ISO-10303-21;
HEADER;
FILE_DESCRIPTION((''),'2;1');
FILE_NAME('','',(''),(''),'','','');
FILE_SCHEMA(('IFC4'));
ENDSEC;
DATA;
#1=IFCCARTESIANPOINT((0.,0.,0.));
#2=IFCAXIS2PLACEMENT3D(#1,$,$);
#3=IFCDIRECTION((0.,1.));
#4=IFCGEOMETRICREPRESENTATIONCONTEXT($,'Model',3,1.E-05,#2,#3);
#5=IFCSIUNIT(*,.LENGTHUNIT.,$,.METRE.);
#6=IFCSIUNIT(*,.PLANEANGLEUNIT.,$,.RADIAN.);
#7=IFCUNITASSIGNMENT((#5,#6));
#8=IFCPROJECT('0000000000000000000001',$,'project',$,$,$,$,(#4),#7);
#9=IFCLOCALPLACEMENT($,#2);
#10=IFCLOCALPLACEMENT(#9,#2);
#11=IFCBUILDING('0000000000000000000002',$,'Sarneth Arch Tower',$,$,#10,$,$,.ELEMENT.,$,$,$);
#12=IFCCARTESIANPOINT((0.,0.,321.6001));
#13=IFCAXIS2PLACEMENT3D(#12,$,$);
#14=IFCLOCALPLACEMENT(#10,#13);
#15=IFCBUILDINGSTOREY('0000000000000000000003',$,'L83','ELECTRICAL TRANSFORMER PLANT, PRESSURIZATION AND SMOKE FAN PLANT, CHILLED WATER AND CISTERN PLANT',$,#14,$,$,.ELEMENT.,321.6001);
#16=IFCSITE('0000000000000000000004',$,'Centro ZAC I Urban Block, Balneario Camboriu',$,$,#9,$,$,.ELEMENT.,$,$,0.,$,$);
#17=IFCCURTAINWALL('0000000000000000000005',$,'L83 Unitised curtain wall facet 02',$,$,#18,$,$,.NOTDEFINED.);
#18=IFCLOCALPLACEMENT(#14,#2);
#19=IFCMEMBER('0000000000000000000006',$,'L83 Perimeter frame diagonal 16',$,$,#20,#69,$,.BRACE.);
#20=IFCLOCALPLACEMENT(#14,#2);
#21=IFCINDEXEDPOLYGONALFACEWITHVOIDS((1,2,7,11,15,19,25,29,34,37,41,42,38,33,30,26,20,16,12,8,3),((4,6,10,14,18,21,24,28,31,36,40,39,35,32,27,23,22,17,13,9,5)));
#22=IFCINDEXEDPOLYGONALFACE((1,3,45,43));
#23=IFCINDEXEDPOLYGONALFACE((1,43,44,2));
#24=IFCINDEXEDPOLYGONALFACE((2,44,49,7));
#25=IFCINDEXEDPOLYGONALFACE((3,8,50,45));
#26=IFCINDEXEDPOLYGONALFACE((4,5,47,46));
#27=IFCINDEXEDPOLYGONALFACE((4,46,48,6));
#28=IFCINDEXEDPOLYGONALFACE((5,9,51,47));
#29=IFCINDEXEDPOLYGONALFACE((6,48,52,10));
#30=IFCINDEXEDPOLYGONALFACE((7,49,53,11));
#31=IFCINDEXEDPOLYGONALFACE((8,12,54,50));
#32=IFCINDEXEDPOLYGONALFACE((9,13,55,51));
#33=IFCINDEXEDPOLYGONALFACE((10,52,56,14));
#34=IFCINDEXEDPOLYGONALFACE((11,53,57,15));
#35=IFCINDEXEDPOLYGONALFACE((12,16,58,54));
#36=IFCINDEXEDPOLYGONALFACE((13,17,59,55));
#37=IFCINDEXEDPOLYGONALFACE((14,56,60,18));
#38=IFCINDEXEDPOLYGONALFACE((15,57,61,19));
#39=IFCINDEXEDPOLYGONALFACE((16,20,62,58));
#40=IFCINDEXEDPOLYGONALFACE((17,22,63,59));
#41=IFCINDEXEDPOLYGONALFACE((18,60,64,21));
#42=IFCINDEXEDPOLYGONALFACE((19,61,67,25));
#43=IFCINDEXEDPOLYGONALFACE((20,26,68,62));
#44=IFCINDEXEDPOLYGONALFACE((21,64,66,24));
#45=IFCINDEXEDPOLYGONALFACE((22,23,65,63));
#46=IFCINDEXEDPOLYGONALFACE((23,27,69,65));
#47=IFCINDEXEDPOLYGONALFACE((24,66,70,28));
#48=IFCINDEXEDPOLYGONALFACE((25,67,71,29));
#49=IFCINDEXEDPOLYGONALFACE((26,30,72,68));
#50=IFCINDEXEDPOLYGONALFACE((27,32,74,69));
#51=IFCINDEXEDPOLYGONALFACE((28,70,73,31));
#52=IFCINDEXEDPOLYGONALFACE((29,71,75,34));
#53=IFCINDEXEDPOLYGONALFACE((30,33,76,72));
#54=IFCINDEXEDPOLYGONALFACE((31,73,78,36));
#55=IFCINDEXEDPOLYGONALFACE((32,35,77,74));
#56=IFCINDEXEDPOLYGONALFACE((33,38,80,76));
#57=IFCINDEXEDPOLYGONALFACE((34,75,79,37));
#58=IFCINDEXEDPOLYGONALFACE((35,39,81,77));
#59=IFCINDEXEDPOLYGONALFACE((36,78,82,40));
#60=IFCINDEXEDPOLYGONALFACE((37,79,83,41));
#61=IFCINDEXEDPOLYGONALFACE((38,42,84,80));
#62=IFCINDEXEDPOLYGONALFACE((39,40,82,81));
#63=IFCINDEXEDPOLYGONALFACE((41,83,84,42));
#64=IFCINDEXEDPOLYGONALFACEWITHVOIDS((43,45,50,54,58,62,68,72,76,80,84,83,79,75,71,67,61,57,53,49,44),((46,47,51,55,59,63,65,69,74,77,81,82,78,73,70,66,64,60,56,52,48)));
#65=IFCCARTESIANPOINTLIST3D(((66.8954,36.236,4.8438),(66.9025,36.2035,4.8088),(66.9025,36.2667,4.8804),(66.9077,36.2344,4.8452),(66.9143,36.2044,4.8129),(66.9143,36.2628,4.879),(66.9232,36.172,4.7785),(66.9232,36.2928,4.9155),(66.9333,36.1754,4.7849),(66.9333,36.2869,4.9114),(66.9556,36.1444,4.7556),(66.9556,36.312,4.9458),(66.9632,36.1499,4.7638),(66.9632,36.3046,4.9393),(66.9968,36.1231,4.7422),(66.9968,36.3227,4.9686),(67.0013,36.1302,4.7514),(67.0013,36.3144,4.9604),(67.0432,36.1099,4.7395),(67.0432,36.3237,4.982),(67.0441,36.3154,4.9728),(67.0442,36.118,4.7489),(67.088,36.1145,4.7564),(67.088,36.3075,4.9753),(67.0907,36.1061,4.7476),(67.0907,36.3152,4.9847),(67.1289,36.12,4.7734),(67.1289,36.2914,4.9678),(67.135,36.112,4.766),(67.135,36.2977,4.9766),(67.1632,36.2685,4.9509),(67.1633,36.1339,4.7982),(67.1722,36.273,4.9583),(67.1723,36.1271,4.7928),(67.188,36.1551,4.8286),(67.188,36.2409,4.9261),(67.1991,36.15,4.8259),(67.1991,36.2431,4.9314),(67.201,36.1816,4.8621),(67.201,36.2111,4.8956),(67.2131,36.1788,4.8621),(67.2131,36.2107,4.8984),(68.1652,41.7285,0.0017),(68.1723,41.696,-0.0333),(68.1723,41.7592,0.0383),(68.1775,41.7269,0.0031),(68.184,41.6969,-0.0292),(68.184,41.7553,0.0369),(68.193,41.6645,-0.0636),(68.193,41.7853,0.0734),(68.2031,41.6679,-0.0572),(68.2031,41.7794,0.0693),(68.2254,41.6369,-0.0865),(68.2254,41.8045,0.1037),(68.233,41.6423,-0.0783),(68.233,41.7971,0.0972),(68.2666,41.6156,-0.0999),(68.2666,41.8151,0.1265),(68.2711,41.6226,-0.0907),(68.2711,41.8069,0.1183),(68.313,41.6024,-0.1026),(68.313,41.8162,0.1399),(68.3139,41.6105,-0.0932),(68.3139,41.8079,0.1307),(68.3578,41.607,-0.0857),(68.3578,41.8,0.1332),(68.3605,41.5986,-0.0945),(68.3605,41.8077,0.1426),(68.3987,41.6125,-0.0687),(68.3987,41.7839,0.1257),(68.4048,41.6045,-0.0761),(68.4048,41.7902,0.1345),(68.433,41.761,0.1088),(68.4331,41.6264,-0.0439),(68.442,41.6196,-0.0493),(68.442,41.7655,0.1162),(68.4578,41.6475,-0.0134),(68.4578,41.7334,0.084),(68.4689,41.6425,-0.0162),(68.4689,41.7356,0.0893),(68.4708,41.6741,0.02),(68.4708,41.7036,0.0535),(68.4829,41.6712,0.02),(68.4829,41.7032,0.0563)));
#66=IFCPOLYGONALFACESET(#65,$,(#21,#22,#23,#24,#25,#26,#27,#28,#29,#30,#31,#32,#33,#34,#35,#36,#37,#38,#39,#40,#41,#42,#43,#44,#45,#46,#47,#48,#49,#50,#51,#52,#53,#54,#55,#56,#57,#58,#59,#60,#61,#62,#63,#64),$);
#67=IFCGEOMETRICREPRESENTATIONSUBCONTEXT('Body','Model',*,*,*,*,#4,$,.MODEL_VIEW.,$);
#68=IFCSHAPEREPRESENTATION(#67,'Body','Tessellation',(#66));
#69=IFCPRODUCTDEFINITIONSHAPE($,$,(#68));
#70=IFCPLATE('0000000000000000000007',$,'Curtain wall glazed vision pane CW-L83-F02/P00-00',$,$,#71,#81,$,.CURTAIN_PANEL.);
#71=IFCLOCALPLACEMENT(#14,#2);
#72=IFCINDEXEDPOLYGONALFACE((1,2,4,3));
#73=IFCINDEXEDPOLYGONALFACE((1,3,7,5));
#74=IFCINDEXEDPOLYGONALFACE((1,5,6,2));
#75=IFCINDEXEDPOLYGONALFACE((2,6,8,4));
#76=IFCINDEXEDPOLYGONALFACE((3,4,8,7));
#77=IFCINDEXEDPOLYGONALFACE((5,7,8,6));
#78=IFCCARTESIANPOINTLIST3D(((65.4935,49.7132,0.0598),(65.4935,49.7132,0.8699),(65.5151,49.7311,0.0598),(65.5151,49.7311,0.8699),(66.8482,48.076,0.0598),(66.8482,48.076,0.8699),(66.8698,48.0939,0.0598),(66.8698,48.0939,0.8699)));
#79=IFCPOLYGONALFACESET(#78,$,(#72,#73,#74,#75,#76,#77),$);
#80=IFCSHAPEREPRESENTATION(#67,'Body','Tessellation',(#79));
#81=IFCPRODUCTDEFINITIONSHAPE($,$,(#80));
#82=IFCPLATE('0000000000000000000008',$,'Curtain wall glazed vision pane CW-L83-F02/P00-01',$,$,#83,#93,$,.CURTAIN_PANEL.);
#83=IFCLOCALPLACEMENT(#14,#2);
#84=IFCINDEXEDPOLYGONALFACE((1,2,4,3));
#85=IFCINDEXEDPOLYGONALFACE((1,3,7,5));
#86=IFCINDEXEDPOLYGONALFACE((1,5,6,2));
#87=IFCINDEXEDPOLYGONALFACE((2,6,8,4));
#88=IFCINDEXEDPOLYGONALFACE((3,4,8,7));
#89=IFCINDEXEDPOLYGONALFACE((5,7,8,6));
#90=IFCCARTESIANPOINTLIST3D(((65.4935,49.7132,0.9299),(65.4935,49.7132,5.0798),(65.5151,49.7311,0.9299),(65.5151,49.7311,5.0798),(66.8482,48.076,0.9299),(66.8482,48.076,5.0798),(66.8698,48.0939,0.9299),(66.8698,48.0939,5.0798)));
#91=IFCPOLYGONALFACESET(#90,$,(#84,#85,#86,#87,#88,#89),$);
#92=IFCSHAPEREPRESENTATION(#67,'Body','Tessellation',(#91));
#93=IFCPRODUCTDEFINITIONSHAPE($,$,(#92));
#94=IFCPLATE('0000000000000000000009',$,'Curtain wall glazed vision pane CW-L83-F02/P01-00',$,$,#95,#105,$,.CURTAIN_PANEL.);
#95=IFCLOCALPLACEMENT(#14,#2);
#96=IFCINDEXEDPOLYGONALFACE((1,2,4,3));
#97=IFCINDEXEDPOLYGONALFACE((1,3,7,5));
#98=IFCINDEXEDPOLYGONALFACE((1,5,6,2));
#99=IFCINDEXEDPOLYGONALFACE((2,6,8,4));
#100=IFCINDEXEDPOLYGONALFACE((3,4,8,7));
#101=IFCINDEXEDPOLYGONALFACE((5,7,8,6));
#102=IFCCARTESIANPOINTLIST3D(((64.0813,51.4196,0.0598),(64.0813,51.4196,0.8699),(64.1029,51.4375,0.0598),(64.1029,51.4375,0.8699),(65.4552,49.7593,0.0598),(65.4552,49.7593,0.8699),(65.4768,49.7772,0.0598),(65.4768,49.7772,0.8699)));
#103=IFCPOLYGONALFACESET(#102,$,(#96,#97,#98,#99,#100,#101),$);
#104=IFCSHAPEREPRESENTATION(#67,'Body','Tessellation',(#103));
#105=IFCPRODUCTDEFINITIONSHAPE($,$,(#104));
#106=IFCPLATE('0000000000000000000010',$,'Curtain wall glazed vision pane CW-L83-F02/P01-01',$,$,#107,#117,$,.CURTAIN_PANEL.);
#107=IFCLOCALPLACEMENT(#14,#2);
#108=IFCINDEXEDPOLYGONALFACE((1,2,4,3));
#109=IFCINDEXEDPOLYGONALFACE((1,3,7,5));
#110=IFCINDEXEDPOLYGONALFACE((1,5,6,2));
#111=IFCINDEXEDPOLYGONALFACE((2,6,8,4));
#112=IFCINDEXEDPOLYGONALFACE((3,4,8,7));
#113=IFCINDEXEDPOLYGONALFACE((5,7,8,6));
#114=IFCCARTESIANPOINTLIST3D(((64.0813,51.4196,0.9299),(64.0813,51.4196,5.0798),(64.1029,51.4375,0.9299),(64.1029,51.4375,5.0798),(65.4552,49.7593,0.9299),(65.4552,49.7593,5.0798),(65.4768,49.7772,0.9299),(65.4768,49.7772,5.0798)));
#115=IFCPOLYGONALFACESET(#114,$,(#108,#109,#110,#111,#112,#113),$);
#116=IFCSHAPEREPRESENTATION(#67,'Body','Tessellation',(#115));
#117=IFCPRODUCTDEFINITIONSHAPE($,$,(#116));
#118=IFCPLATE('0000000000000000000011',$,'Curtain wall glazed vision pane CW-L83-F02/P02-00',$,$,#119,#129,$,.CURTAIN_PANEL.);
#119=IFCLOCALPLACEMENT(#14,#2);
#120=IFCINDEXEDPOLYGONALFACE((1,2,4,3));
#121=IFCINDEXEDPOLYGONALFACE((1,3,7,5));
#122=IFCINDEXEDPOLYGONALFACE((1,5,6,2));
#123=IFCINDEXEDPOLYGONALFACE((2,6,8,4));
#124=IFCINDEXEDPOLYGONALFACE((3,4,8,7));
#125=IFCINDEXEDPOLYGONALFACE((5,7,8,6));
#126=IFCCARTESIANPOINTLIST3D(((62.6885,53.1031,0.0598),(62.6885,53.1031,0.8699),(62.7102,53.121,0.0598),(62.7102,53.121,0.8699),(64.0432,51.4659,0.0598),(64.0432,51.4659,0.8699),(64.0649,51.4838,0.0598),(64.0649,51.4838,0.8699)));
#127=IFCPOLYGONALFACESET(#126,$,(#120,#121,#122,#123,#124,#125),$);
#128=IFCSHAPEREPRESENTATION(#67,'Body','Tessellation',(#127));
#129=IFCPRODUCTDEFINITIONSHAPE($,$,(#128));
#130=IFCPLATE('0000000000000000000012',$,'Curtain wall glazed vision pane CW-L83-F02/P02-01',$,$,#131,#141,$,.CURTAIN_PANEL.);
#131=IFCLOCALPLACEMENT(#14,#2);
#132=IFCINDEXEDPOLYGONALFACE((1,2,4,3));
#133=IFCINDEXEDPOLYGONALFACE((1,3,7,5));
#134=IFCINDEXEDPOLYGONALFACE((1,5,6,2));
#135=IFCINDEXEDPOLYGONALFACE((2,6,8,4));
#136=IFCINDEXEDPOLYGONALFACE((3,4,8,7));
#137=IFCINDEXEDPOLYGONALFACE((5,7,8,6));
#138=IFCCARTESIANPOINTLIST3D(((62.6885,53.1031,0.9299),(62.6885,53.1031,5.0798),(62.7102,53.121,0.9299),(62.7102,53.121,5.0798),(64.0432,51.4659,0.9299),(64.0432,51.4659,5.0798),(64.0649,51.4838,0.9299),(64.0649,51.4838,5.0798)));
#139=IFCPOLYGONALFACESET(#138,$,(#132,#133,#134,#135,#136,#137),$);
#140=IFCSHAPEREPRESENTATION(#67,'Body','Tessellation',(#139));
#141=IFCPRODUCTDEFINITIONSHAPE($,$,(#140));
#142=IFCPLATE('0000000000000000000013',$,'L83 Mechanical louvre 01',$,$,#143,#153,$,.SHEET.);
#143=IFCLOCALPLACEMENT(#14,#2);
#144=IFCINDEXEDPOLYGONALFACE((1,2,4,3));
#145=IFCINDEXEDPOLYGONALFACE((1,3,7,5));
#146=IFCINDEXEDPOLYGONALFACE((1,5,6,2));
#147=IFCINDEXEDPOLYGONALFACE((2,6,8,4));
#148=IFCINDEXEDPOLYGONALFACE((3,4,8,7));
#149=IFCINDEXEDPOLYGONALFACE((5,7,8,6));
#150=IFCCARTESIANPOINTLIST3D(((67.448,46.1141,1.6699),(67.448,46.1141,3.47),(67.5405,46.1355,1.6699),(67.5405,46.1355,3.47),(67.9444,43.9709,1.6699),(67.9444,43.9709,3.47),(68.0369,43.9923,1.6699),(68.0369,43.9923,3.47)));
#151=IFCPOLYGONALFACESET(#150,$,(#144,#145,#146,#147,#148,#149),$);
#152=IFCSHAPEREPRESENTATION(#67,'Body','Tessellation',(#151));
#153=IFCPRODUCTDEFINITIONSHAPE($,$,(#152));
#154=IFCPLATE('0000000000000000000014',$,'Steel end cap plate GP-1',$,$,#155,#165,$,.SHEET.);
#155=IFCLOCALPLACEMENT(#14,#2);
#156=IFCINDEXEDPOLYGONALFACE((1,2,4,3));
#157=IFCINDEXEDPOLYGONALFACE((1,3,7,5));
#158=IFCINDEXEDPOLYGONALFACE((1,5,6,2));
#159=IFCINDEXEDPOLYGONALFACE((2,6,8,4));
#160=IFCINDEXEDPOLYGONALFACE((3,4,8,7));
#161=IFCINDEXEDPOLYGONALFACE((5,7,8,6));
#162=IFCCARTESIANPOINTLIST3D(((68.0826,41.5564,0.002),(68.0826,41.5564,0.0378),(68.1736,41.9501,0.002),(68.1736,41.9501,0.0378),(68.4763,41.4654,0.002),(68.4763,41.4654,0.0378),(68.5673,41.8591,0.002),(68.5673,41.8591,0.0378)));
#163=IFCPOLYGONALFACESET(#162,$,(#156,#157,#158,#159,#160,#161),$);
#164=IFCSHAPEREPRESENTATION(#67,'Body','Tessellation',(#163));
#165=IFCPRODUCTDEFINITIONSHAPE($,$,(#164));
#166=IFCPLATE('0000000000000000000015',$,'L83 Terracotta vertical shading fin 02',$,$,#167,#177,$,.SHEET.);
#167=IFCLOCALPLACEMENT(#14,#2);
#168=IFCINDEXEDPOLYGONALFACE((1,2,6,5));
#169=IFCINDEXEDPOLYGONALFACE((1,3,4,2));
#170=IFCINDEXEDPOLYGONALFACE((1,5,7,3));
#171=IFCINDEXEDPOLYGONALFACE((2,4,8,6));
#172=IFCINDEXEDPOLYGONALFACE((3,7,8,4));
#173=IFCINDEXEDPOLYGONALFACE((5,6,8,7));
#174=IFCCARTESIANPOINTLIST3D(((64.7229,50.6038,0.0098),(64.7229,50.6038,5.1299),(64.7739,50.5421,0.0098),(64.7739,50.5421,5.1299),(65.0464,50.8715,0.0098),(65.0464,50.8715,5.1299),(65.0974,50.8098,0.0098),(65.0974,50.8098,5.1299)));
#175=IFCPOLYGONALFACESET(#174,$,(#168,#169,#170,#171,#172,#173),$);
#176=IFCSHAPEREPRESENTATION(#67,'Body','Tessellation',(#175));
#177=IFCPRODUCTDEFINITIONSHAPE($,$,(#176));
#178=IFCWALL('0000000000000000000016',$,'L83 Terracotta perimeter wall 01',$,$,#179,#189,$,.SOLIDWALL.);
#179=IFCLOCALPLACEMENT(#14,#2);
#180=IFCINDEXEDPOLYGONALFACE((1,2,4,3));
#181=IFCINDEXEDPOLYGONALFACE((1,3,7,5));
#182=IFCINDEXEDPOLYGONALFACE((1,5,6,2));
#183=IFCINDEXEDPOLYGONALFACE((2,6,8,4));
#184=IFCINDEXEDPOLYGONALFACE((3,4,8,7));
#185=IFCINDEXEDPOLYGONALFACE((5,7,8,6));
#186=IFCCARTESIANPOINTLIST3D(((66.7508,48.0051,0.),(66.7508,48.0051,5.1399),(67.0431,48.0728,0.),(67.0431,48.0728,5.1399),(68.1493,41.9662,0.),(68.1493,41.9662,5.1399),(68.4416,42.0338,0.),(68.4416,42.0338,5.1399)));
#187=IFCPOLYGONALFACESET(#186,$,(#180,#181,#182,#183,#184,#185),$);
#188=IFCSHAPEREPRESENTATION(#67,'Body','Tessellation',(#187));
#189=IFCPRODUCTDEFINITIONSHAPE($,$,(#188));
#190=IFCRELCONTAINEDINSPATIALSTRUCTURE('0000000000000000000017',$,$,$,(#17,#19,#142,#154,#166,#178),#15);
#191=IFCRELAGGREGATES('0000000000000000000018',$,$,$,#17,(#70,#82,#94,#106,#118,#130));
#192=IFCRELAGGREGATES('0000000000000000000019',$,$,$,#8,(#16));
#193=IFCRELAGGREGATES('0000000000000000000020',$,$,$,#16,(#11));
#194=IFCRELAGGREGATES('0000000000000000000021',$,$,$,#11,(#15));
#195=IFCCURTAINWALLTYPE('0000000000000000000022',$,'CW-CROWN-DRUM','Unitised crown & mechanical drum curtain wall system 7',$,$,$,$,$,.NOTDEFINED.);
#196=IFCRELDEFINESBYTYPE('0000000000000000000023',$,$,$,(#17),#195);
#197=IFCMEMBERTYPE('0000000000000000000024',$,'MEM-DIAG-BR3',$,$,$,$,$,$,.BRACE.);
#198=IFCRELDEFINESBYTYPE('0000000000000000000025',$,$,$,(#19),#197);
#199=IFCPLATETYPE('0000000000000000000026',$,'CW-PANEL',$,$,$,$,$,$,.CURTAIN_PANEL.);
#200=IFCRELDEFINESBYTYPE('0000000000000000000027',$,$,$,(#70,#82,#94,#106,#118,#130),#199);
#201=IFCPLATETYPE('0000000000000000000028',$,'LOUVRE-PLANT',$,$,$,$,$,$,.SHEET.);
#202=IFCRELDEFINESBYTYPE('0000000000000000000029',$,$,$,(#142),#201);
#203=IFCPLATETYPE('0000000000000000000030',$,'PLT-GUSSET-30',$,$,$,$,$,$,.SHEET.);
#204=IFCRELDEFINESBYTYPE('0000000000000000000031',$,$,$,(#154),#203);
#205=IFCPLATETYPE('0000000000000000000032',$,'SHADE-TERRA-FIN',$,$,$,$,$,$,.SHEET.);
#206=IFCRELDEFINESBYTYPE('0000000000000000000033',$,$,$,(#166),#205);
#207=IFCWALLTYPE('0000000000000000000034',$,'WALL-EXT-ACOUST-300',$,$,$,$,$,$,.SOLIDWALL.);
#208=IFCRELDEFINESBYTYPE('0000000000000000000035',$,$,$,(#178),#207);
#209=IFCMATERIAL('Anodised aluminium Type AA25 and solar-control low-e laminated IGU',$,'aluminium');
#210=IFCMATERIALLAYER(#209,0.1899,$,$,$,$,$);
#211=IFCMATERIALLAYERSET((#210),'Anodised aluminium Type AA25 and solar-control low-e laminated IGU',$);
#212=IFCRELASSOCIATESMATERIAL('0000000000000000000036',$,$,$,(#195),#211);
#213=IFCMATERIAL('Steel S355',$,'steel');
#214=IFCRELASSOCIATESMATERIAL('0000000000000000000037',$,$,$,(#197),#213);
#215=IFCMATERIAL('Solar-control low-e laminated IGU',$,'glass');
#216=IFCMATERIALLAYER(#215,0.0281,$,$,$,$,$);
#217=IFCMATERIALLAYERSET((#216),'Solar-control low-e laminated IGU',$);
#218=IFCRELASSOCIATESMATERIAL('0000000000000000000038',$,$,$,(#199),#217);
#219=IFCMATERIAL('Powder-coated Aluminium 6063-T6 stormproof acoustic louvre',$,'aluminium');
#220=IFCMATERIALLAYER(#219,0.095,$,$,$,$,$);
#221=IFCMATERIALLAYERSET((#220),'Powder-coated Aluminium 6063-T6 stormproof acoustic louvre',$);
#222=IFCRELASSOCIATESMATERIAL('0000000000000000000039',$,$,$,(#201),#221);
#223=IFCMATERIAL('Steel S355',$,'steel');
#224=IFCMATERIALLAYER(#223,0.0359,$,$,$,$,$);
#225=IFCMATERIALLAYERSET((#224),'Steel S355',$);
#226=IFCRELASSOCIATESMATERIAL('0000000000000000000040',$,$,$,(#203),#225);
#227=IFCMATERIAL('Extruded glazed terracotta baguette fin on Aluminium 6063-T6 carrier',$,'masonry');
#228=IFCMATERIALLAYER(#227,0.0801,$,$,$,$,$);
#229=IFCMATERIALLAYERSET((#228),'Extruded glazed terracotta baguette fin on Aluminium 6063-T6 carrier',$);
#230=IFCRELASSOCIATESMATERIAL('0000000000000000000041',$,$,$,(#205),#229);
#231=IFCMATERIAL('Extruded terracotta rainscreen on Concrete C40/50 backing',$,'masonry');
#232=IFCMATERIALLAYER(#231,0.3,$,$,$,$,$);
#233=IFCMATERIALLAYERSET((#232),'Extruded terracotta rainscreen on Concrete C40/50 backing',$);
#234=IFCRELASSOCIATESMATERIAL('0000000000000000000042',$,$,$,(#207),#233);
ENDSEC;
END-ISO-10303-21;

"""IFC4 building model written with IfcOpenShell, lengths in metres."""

from ifc_helpers import new_model, si_unit, direction, frame, frame_2d, origin, origin_2d, place, context, subcontext, project, spatial, rectangle, hollow_circle, extrude, material, layer, layer_set, material_profile, profile_set, type_object, element, aggregate, save


model = new_model("IFC4")

# Units and contexts
model_context = context("Model", 3, precision=1e-05, world=origin(), true_north=direction((0.0, 1.0)))
body_context = subcontext(model_context, "Body", "Model", "MODEL_VIEW")
ifc_project = project(units=[si_unit("LENGTHUNIT", "METRE"), si_unit("PLANEANGLEUNIT", "RADIAN")], contexts=[model_context])

# Site, building, storey
site_placement = place(None, origin())
site = spatial("IfcSite", under=ifc_project, at=site_placement, Name="Centro ZAC I Urban Block, Balneario Camboriu", CompositionType="ELEMENT", RefElevation=0.0)
building_placement = place(site_placement, origin())
building = spatial("IfcBuilding", under=site, at=building_placement, Name="Sarneth Arch Tower", CompositionType="ELEMENT")
storey_placement = place(building_placement, frame((0.0, 0.0, 321.6001)))
storey = spatial("IfcBuildingStorey", under=building, at=storey_placement, Name="L83", Description="ELECTRICAL TRANSFORMER PLANT, PRESSURIZATION AND SMOKE FAN PLANT, CHILLED WATER AND CISTERN PLANT", CompositionType="ELEMENT", Elevation=321.6001)

# Curtain wall
ifc_material_1 = material(Name="Anodised aluminium Type AA25 and solar-control low-e laminated IGU", Category="aluminium")
ifc_layer_1 = layer(ifc_material_1, 0.1899)
ifc_layer_set_1 = layer_set([ifc_layer_1], Name="Anodised aluminium Type AA25 and solar-control low-e laminated IGU")
curtain_wall_type = type_object("IfcCurtainWallType", Name="CW-CROWN-DRUM", Description="Unitised crown & mechanical drum curtain wall system 7", PredefinedType="NOTDEFINED", material=ifc_layer_set_1)
curtain_wall_placement = place(storey_placement, origin())
curtain_wall = element("IfcCurtainWall", 1, at=curtain_wall_placement, inside=storey, type_object=curtain_wall_type, Name="L83 Unitised curtain wall facet 02", PredefinedType="NOTDEFINED")

# Member
ifc_material_2 = material(Name="Steel S355", Category="steel")
ifc_material_profile_1 = material_profile(ifc_material_2, hollow_circle(Radius=0.1621, WallThickness=0.0125, at=origin_2d()), Name="CHS324x12.5")
ifc_profile_set_1 = profile_set([ifc_material_profile_1], Name="Steel S355")
member_type_1 = type_object("IfcMemberType", Name="MEM-DIAG-BR3", PredefinedType="BRACE", material=ifc_profile_set_1)
member_1_placement = place(storey_placement, frame((68.325, 41.7078, 0.02), z_axis=(-0.170868, -0.739092, 0.651572), x_axis=(0.974302, -0.225245, 0.0)))
element("IfcMember", 2, at=member_1_placement, inside=storey, type_object=member_type_1, Name="L83 Perimeter frame diagonal 16", PredefinedType="BRACE", context=body_context, shape_type="SweptSolid", body=[
    extrude(hollow_circle(Radius=0.1621, WallThickness=0.0125, at=origin_2d()), origin(), (0.0, 0.0, 1.0), 7.4314),
])

# Plates
ifc_material_3 = material(Name="Solar-control low-e laminated IGU", Category="glass")
ifc_layer_2 = layer(ifc_material_3, 0.0281)
ifc_layer_set_2 = layer_set([ifc_layer_2], Name="Solar-control low-e laminated IGU")
plate_type_1 = type_object("IfcPlateType", Name="CW-PANEL", PredefinedType="CURTAIN_PANEL", material=ifc_layer_set_2)
plate_1_placement = place(storey_placement, frame((66.1816, 48.9036, 0.0598), z_axis=(0.0, 0.0, 1.0), x_axis=(-0.637505, 0.770446, 0.0)))
plate_1 = element("IfcPlate", 3, at=plate_1_placement, type_object=plate_type_1, Name="Curtain wall glazed vision pane CW-L83-F02/P00-00", PredefinedType="CURTAIN_PANEL", context=body_context, shape_type="SweptSolid", body=[
    extrude(rectangle(XDim=2.125, YDim=0.0281, at=origin_2d()), origin(), (0.0, 0.0, 1.0), 0.8101),
])
plate_2_placement = place(storey_placement, frame((66.1816, 48.9036, 0.9299), z_axis=(0.0, 0.0, 1.0), x_axis=(-0.637505, 0.770446, 0.0)))
plate_2 = element("IfcPlate", 4, at=plate_2_placement, type_object=plate_type_1, Name="Curtain wall glazed vision pane CW-L83-F02/P00-01", PredefinedType="CURTAIN_PANEL", context=body_context, shape_type="SweptSolid", body=[
    extrude(rectangle(XDim=2.125, YDim=0.0281, at=origin_2d()), origin(), (0.0, 0.0, 1.0), 4.1499),
])
plate_3_placement = place(storey_placement, frame((64.7791, 50.5984, 0.0598), z_axis=(0.0, 0.0, 1.0), x_axis=(-0.637505, 0.770446, 0.0)))
plate_3 = element("IfcPlate", 5, at=plate_3_placement, type_object=plate_type_1, Name="Curtain wall glazed vision pane CW-L83-F02/P01-00", PredefinedType="CURTAIN_PANEL", context=body_context, shape_type="SweptSolid", body=[
    extrude(rectangle(XDim=2.155, YDim=0.0281, at=origin_2d()), origin(), (0.0, 0.0, 1.0), 0.8101),
])
plate_4_placement = place(storey_placement, frame((64.7791, 50.5984, 0.9299), z_axis=(0.0, 0.0, 1.0), x_axis=(-0.637505, 0.770446, 0.0)))
plate_4 = element("IfcPlate", 6, at=plate_4_placement, type_object=plate_type_1, Name="Curtain wall glazed vision pane CW-L83-F02/P01-01", PredefinedType="CURTAIN_PANEL", context=body_context, shape_type="SweptSolid", body=[
    extrude(rectangle(XDim=2.155, YDim=0.0281, at=origin_2d()), origin(), (0.0, 0.0, 1.0), 4.1499),
])
plate_5_placement = place(storey_placement, frame((63.3767, 52.2935, 0.0598), z_axis=(0.0, 0.0, 1.0), x_axis=(-0.637505, 0.770446, 0.0)))
plate_5 = element("IfcPlate", 7, at=plate_5_placement, type_object=plate_type_1, Name="Curtain wall glazed vision pane CW-L83-F02/P02-00", PredefinedType="CURTAIN_PANEL", context=body_context, shape_type="SweptSolid", body=[
    extrude(rectangle(XDim=2.125, YDim=0.0281, at=origin_2d()), origin(), (0.0, 0.0, 1.0), 0.8101),
])
plate_6_placement = place(storey_placement, frame((63.3767, 52.2935, 0.9299), z_axis=(0.0, 0.0, 1.0), x_axis=(-0.637505, 0.770446, 0.0)))
plate_6 = element("IfcPlate", 8, at=plate_6_placement, type_object=plate_type_1, Name="Curtain wall glazed vision pane CW-L83-F02/P02-01", PredefinedType="CURTAIN_PANEL", context=body_context, shape_type="SweptSolid", body=[
    extrude(rectangle(XDim=2.125, YDim=0.0281, at=origin_2d()), origin(), (0.0, 0.0, 1.0), 4.1499),
])
aggregate(curtain_wall, [plate_1, plate_2, plate_3, plate_4, plate_5, plate_6])

# Plates
ifc_material_4 = material(Name="Powder-coated Aluminium 6063-T6 stormproof acoustic louvre", Category="aluminium")
ifc_layer_3 = layer(ifc_material_4, 0.095)
ifc_layer_set_3 = layer_set([ifc_layer_3], Name="Powder-coated Aluminium 6063-T6 stormproof acoustic louvre")
plate_type_2 = type_object("IfcPlateType", Name="LOUVRE-PLANT", PredefinedType="SHEET", material=ifc_layer_set_3)
plate_7_placement = place(storey_placement, frame((67.7424, 45.0532, 1.6699), z_axis=(0.0, 0.0, 1.0), x_axis=(-0.225631, 0.974213, 0.0)))
element("IfcPlate", 9, at=plate_7_placement, inside=storey, type_object=plate_type_2, Name="L83 Mechanical louvre 01", PredefinedType="SHEET", context=body_context, shape_type="SweptSolid", body=[
    extrude(rectangle(XDim=2.2, YDim=0.095, at=origin_2d()), origin(), (0.0, 0.0, 1.0), 1.8),
])
ifc_material_5 = material(Name="Steel S355", Category="steel")
ifc_layer_4 = layer(ifc_material_5, 0.0359)
ifc_layer_set_4 = layer_set([ifc_layer_4], Name="Steel S355")
plate_type_3 = type_object("IfcPlateType", Name="PLT-GUSSET-30", PredefinedType="SHEET", material=ifc_layer_set_4)
plate_8_placement = place(storey_placement, frame((68.325, 41.7078, 0.002), z_axis=(0.0, 0.0, 1.0), x_axis=(0.225291, 0.974291, 0.0)))
element("IfcPlate", 10, at=plate_8_placement, inside=storey, type_object=plate_type_3, Name="Steel end cap plate GP-1", PredefinedType="SHEET", context=body_context, shape_type="SweptSolid", body=[
    extrude(rectangle(XDim=0.4041, YDim=0.4041, at=origin_2d()), origin(), (0.0, 0.0, 1.0), 0.0359),
])
ifc_material_6 = material(Name="Extruded glazed terracotta baguette fin on Aluminium 6063-T6 carrier", Category="masonry")
ifc_layer_5 = layer(ifc_material_6, 0.0801)
ifc_layer_set_5 = layer_set([ifc_layer_5], Name="Extruded glazed terracotta baguette fin on Aluminium 6063-T6 carrier")
plate_type_4 = type_object("IfcPlateType", Name="SHADE-TERRA-FIN", PredefinedType="SHEET", material=ifc_layer_set_5)
plate_9_placement = place(storey_placement, frame((64.9102, 50.7068, 0.0098), z_axis=(0.0, 0.0, 1.0), x_axis=(0.770402, 0.637558, 0.0)))
element("IfcPlate", 11, at=plate_9_placement, inside=storey, type_object=plate_type_4, Name="L83 Terracotta vertical shading fin 02", PredefinedType="SHEET", context=body_context, shape_type="SweptSolid", body=[
    extrude(rectangle(XDim=0.4199, YDim=0.0801, at=origin_2d()), origin(), (0.0, 0.0, 1.0), 5.1201),
])

# Wall
ifc_material_7 = material(Name="Extruded terracotta rainscreen on Concrete C40/50 backing", Category="masonry")
ifc_layer_6 = layer(ifc_material_7, 0.3)
ifc_layer_set_6 = layer_set([ifc_layer_6], Name="Extruded terracotta rainscreen on Concrete C40/50 backing")
wall_type = type_object("IfcWallType", Name="WALL-EXT-ACOUST-300", PredefinedType="SOLIDWALL", material=ifc_layer_set_6)
wall_placement = place(storey_placement, frame((68.2954, 42.0, 0.0), z_axis=(0.0, 0.0, 1.0), x_axis=(-0.225604, 0.974219, 0.0)))
element("IfcWall", 12, at=wall_placement, inside=storey, type_object=wall_type, Name="L83 Terracotta perimeter wall 01", PredefinedType="SOLIDWALL", context=body_context, shape_type="SweptSolid", body=[
    extrude(rectangle(XDim=6.1987, YDim=0.3, at=frame_2d((3.0994, 0.0))), origin(), (0.0, 0.0, 1.0), 5.1399),
])

save(model, "model.ifc")
